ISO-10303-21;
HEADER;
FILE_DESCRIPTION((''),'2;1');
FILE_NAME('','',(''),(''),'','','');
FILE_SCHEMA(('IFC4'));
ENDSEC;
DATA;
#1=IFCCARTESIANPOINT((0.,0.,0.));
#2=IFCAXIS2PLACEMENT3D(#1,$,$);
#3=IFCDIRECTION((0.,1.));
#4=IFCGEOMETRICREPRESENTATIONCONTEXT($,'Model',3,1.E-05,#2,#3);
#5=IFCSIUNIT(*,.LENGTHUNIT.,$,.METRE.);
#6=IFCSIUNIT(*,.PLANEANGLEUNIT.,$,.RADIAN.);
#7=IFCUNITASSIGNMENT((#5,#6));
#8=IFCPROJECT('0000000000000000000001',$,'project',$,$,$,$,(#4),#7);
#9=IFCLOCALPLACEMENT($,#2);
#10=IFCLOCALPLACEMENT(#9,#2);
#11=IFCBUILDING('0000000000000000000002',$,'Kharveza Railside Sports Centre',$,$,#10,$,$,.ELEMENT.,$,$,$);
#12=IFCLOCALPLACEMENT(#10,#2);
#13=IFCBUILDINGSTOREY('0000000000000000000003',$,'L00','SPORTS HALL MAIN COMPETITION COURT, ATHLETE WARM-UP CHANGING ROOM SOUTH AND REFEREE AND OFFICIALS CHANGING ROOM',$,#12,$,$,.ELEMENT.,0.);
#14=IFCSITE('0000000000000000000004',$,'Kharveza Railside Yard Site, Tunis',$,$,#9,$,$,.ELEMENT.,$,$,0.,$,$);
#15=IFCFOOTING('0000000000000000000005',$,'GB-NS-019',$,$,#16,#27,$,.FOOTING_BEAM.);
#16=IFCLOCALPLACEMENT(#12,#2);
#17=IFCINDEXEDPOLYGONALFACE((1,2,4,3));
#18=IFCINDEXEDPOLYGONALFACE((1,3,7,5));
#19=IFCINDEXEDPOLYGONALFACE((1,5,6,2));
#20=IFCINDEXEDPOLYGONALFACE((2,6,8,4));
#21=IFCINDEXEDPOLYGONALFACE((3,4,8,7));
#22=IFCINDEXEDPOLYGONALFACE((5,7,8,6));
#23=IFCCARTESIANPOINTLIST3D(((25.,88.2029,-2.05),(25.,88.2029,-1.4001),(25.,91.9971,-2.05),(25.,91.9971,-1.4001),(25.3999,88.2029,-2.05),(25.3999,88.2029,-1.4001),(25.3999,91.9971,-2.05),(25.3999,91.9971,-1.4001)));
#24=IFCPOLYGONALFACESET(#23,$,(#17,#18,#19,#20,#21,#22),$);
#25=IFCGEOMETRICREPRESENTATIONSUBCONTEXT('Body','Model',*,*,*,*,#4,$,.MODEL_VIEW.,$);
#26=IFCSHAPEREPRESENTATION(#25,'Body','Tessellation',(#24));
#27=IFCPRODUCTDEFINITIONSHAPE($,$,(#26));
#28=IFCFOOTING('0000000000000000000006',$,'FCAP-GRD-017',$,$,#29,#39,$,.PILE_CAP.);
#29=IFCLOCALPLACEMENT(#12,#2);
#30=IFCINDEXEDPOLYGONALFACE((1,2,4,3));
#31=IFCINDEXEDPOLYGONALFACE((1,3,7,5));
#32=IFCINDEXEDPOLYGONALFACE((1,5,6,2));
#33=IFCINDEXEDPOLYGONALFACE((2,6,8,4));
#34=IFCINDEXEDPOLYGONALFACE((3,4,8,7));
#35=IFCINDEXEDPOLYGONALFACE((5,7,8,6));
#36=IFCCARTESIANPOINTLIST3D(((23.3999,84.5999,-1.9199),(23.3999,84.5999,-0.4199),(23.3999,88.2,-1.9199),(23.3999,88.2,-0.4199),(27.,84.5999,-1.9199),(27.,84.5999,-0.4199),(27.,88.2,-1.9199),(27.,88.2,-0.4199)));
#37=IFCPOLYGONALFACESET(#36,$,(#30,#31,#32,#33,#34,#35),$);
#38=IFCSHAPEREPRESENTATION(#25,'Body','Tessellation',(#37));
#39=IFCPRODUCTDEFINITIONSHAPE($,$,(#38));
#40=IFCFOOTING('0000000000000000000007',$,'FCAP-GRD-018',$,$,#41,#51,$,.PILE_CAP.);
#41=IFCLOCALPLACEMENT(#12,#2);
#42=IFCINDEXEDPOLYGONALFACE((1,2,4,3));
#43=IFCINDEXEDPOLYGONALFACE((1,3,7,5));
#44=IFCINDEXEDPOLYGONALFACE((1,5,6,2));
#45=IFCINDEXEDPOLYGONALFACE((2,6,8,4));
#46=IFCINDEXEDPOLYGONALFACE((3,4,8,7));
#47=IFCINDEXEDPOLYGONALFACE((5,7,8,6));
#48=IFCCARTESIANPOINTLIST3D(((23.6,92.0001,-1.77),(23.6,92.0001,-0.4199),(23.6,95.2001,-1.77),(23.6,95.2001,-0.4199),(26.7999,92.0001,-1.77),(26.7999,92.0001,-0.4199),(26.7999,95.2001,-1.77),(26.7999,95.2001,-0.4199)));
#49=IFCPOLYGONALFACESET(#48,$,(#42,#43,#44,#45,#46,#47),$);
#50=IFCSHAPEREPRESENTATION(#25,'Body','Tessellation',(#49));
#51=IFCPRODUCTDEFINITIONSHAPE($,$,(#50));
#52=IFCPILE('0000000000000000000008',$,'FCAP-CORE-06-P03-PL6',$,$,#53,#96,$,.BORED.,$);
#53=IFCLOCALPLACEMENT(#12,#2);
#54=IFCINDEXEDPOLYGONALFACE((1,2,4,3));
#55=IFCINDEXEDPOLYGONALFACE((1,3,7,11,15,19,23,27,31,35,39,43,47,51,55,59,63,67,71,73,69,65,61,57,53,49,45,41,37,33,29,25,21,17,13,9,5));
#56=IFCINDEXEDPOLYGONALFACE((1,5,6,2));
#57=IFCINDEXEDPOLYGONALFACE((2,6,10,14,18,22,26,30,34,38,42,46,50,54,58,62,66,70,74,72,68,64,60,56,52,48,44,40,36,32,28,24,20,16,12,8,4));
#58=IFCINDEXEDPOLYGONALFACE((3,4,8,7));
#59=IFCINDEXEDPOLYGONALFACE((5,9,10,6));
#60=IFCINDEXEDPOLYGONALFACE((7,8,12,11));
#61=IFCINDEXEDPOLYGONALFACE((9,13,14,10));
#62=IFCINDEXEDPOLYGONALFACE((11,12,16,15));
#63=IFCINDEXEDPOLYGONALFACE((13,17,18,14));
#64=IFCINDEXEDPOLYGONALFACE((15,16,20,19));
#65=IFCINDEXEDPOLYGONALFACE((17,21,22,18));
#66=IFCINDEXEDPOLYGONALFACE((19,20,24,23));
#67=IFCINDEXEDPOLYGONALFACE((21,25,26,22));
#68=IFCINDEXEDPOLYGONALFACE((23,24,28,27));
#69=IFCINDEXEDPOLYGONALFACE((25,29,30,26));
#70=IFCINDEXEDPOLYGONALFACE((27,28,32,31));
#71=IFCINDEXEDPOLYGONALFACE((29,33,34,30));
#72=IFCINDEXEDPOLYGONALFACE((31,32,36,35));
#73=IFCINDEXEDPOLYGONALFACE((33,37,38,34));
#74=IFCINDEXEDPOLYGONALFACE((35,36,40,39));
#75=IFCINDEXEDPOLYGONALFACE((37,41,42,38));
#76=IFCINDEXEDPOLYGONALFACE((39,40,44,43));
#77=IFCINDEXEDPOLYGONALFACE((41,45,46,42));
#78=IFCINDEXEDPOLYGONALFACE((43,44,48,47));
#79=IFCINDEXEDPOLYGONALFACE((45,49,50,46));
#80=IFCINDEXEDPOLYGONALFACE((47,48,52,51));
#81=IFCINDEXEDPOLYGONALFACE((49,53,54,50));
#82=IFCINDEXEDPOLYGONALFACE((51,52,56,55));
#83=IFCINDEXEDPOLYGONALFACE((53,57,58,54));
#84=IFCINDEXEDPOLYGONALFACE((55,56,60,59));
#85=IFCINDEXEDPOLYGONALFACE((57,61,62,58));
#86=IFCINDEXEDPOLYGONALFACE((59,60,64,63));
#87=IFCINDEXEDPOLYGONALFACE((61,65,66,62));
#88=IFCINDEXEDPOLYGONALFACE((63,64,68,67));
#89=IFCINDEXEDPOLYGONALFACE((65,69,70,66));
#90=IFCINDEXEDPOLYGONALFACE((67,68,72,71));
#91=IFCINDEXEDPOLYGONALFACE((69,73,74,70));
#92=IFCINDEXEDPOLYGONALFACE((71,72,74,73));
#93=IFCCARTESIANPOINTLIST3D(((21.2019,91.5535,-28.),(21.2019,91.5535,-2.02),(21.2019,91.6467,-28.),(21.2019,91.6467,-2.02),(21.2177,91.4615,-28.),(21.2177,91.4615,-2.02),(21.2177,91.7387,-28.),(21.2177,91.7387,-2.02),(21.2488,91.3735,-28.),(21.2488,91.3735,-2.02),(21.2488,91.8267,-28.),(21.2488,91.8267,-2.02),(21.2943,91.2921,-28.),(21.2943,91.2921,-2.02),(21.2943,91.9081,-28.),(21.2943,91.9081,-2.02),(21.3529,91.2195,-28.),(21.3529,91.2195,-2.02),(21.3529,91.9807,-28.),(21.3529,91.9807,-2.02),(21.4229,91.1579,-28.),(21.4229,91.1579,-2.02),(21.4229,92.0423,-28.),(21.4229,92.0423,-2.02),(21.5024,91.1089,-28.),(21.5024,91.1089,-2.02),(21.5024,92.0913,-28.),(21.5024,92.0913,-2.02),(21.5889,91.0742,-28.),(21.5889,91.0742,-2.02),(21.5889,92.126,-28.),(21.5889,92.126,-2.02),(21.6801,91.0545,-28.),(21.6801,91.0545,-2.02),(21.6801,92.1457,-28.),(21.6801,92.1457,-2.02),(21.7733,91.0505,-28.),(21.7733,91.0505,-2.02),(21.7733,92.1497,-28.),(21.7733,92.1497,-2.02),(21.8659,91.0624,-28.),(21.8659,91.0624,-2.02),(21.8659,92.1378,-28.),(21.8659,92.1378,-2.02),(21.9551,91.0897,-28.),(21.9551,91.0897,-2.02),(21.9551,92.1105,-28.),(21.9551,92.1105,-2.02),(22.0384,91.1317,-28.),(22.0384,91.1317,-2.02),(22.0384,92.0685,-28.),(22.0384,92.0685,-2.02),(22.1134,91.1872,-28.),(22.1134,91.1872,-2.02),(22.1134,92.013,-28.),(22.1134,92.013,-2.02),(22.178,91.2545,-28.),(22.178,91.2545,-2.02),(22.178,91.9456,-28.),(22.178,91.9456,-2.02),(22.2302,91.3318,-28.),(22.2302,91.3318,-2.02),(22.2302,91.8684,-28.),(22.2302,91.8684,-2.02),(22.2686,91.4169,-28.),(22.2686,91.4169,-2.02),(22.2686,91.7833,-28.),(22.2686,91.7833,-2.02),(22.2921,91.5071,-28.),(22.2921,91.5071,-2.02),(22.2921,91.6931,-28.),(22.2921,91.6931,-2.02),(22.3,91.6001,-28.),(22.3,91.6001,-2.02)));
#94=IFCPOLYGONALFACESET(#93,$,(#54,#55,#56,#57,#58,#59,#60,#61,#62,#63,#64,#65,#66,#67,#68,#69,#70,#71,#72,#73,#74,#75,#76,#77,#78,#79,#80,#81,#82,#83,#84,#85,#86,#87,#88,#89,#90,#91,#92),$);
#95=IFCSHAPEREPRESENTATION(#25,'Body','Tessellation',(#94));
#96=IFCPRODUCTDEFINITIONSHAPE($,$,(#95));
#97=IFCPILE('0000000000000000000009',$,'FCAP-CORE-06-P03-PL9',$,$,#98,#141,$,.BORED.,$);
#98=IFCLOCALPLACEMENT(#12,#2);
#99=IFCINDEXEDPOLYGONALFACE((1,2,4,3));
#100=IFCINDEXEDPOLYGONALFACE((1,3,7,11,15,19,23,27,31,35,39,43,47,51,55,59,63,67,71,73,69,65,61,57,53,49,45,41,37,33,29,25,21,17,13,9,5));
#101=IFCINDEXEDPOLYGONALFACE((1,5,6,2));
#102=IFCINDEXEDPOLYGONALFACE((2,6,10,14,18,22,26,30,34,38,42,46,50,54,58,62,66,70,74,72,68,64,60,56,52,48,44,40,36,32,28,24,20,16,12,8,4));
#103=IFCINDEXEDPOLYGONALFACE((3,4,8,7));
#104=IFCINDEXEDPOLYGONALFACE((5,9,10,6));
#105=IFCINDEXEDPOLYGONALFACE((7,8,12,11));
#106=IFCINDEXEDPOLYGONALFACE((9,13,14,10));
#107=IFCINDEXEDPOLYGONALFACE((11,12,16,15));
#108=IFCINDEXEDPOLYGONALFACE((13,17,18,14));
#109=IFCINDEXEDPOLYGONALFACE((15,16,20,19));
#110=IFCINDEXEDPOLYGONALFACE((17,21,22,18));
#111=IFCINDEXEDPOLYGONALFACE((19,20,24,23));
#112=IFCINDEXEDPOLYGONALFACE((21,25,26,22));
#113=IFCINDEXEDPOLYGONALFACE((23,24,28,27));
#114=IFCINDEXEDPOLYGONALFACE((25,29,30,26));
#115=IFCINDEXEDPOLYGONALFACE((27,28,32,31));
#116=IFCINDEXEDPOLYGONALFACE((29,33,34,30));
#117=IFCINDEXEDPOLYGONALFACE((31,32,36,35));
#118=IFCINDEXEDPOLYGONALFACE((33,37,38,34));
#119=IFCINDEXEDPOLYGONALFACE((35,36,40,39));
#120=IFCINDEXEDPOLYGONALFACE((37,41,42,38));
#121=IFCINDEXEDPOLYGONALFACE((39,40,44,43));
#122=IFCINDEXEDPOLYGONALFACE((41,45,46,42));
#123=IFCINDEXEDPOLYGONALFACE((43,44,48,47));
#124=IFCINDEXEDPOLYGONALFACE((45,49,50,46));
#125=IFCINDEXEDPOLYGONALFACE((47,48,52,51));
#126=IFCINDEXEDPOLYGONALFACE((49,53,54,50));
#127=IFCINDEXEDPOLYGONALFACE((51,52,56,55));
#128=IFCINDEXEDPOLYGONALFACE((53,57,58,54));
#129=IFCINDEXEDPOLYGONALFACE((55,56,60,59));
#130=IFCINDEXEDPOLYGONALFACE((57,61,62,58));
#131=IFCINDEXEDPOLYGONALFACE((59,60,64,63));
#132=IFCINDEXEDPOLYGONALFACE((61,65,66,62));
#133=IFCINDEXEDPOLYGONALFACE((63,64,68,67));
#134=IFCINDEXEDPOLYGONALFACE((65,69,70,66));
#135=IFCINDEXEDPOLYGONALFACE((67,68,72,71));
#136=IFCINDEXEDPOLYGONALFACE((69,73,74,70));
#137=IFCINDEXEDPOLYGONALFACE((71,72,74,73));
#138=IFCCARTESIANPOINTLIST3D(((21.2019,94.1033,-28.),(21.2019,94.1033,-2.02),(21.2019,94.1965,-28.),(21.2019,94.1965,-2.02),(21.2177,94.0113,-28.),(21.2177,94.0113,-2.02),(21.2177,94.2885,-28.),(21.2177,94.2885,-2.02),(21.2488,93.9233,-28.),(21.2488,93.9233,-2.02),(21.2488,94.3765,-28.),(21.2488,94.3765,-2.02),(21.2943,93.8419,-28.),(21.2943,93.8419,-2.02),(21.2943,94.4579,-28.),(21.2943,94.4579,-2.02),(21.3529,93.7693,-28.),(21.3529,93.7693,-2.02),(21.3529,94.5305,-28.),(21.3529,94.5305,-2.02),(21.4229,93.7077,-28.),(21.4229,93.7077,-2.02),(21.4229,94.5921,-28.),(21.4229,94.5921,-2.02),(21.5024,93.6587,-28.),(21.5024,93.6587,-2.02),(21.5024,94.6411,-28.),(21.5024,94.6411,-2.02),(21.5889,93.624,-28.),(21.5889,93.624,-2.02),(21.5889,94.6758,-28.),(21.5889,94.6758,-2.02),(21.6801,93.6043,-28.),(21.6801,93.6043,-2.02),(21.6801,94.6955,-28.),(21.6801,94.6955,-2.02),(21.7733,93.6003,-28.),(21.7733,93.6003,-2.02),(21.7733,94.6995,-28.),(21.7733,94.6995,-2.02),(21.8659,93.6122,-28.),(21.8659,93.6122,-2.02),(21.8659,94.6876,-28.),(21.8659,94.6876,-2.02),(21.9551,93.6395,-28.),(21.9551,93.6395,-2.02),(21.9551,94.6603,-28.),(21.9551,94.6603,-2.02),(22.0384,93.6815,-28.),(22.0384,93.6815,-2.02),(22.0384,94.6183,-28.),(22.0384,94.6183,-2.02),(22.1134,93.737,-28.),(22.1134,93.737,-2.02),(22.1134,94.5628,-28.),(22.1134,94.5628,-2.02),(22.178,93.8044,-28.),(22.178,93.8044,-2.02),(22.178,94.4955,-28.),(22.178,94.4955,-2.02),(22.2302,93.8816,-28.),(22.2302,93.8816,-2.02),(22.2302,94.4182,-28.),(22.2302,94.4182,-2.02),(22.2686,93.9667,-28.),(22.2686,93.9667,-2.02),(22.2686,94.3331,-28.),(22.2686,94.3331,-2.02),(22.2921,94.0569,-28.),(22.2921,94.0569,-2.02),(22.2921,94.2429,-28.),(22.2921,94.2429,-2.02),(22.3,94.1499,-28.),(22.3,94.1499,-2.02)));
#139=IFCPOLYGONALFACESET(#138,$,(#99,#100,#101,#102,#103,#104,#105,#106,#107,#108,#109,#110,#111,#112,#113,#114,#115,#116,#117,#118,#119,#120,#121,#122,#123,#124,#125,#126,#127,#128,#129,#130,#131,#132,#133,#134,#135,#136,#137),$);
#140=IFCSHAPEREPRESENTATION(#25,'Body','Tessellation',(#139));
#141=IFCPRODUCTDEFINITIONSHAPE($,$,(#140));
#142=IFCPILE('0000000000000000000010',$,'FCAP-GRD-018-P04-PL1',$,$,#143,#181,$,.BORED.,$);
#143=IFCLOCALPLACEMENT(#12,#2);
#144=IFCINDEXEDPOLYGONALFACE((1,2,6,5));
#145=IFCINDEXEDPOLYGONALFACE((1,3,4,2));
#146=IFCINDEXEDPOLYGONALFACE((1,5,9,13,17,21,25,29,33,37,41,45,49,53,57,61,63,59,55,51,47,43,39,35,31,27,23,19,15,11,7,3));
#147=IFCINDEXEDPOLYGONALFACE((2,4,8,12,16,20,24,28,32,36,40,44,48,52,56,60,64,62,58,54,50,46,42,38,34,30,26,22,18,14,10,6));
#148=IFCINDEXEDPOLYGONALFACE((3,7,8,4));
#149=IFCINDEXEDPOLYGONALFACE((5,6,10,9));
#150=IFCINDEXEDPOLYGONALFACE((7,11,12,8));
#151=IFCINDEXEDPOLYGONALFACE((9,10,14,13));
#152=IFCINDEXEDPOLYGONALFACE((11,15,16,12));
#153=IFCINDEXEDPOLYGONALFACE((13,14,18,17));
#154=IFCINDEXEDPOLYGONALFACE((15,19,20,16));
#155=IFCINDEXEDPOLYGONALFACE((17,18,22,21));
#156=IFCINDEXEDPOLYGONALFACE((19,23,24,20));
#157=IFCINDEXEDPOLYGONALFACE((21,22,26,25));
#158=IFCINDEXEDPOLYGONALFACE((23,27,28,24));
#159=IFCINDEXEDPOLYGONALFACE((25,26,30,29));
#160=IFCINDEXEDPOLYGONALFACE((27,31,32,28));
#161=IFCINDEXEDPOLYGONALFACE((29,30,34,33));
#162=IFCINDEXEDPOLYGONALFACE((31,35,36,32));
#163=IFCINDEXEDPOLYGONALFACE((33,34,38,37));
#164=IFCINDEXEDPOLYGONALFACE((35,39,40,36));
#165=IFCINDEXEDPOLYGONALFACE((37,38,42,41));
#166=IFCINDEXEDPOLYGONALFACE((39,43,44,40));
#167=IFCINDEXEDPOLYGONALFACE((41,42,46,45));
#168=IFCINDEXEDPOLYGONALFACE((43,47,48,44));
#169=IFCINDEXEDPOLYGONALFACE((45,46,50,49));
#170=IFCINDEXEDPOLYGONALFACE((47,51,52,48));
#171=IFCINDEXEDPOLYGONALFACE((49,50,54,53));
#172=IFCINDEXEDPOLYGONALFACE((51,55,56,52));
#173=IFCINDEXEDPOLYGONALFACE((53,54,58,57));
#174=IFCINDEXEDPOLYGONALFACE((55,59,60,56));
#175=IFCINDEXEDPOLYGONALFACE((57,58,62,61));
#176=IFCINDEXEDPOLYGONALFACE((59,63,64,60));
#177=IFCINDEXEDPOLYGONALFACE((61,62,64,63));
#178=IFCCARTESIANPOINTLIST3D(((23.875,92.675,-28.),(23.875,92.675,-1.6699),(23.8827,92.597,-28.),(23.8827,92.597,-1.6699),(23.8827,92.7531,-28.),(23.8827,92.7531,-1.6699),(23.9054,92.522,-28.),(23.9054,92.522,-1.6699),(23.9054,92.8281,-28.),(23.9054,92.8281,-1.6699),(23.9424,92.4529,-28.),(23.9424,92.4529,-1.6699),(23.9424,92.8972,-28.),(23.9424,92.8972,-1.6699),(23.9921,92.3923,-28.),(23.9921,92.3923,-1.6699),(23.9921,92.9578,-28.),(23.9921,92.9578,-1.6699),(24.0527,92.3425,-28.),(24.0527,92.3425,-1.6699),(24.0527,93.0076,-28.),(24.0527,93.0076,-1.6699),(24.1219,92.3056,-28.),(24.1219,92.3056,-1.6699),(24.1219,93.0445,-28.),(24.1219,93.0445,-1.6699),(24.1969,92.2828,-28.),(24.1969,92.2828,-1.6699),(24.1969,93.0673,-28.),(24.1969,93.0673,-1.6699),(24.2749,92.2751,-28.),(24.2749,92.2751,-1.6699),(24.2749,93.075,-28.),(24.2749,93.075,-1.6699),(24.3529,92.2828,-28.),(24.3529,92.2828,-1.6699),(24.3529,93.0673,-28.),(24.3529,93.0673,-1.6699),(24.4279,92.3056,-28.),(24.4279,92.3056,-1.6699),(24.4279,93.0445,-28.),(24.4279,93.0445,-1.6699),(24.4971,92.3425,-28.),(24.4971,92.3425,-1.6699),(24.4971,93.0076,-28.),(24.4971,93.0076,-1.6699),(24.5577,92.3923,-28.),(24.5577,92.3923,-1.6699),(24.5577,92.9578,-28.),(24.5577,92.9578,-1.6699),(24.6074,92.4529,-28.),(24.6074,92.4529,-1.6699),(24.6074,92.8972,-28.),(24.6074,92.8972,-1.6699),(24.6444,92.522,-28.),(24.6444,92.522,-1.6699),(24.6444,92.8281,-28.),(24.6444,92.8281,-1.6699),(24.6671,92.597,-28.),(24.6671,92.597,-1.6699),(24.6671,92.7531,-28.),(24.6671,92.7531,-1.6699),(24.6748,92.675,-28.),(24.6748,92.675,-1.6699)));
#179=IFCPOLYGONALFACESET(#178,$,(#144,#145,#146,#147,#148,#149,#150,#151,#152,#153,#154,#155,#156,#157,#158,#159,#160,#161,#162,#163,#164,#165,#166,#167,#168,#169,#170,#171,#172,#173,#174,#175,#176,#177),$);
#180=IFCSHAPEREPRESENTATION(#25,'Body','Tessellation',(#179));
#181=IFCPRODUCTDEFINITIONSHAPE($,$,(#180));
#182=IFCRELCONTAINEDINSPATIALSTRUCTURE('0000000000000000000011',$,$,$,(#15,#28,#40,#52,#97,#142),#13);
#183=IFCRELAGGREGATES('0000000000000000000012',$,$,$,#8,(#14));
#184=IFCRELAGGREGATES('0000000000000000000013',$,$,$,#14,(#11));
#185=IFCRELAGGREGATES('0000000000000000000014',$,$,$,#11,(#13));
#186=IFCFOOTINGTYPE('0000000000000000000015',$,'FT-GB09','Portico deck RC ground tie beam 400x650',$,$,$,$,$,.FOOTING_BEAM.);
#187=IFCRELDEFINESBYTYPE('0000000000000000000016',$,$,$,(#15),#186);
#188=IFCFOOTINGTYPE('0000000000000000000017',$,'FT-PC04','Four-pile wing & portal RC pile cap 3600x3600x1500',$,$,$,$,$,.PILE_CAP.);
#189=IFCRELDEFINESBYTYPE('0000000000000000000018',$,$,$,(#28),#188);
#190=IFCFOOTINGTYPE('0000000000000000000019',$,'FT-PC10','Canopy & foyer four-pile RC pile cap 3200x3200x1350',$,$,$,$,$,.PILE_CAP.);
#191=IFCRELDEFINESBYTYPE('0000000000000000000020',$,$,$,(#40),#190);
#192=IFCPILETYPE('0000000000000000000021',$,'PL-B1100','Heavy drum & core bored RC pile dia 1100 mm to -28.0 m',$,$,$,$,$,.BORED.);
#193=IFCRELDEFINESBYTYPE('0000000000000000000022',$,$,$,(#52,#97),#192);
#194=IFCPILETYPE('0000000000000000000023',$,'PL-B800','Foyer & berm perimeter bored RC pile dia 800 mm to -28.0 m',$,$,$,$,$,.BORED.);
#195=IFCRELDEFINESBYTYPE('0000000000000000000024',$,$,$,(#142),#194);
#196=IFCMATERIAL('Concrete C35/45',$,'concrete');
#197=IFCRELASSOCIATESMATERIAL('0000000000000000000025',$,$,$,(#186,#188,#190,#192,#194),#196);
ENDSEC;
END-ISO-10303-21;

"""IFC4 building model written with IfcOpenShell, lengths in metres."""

from ifc_helpers import new_model, si_unit, direction, frame, origin, origin_2d, place, context, subcontext, project, spatial, rectangle, circle, extrude, material, material_profile, profile_set, type_object, element, save


model = new_model("IFC4")

# Units and contexts
model_context = context("Model", 3, precision=1e-05, world=origin(), true_north=direction((0.0, 1.0)))
body_context = subcontext(model_context, "Body", "Model", "MODEL_VIEW")
ifc_project = project(units=[si_unit("LENGTHUNIT", "METRE"), si_unit("PLANEANGLEUNIT", "RADIAN")], contexts=[model_context])

# Site, building, storey
site_placement = place(None, origin())
site = spatial("IfcSite", under=ifc_project, at=site_placement, Name="Kharveza Railside Yard Site, Tunis", CompositionType="ELEMENT", RefElevation=0.0)
building_placement = place(site_placement, origin())
building = spatial("IfcBuilding", under=site, at=building_placement, Name="Kharveza Railside Sports Centre", CompositionType="ELEMENT")
storey_placement = place(building_placement, origin())
storey = spatial("IfcBuildingStorey", under=building, at=storey_placement, Name="L00", Description="SPORTS HALL MAIN COMPETITION COURT, ATHLETE WARM-UP CHANGING ROOM SOUTH AND REFEREE AND OFFICIALS CHANGING ROOM", CompositionType="ELEMENT", Elevation=0.0)

# Footings
ifc_material_1 = material(Name="Concrete C35/45", Category="concrete")
ifc_material_profile_1 = material_profile(ifc_material_1, rectangle(XDim=0.3999, YDim=0.6499, at=origin_2d()), Name="GB 400x650")
ifc_profile_set_1 = profile_set([ifc_material_profile_1], Name="Concrete C35/45")
footing_type_1 = type_object("IfcFootingType", Name="FT-GB09", Description="Portico deck RC ground tie beam 400x650", PredefinedType="FOOTING_BEAM", material=ifc_profile_set_1)
footing_1_placement = place(storey_placement, frame((25.2, 88.2029, -1.7251), z_axis=(0.0, 1.0, 0.0), x_axis=(-1.0, 0.0, 0.0)))
element("IfcFooting", 1, at=footing_1_placement, inside=storey, type_object=footing_type_1, Name="GB-NS-019", PredefinedType="FOOTING_BEAM", context=body_context, shape_type="SweptSolid", body=[
    extrude(rectangle(XDim=0.3999, YDim=0.6499, at=origin_2d()), origin(), (0.0, 0.0, 1.0), 3.7942),
])
footing_type_2 = type_object("IfcFootingType", Name="FT-PC04", Description="Four-pile wing & portal RC pile cap 3600x3600x1500", PredefinedType="PILE_CAP", material=ifc_material_1)
footing_2_placement = place(storey_placement, frame((25.2, 86.3999, -1.9199), z_axis=(0.0, 0.0, 1.0), x_axis=(1.0, 0.0, 0.0)))
element("IfcFooting", 2, at=footing_2_placement, inside=storey, type_object=footing_type_2, Name="FCAP-GRD-017", PredefinedType="PILE_CAP", context=body_context, shape_type="SweptSolid", body=[
    extrude(rectangle(XDim=3.6001, YDim=3.6001, at=origin_2d()), origin(), (0.0, 0.0, 1.0), 1.5),
])
footing_type_3 = type_object("IfcFootingType", Name="FT-PC10", Description="Canopy & foyer four-pile RC pile cap 3200x3200x1350", PredefinedType="PILE_CAP", material=ifc_material_1)
footing_3_placement = place(storey_placement, frame((25.2, 93.6001, -1.77), z_axis=(0.0, 0.0, 1.0), x_axis=(1.0, 0.0, 0.0)))
element("IfcFooting", 3, at=footing_3_placement, inside=storey, type_object=footing_type_3, Name="FCAP-GRD-018", PredefinedType="PILE_CAP", context=body_context, shape_type="SweptSolid", body=[
    extrude(rectangle(XDim=3.2, YDim=3.2, at=origin_2d()), origin(), (0.0, 0.0, 1.0), 1.3501),
])

# Piles
ifc_material_profile_2 = material_profile(ifc_material_1, circle(Radius=0.55, at=origin_2d()), Name="PILE D1100")
ifc_profile_set_2 = profile_set([ifc_material_profile_2], Name="Concrete C35/45")
pile_type_1 = type_object("IfcPileType", Name="PL-B1100", Description="Heavy drum & core bored RC pile dia 1100 mm to -28.0 m", PredefinedType="BORED", material=ifc_profile_set_2)
for number, where, z_axis, x_axis, name in (
    (4, (21.75, 91.6001, -2.02), (0.0, 0.0, -1.0), (1.0, 0.0, 0.0), "FCAP-CORE-06-P03-PL6"),
    (5, (21.75, 94.1499, -2.02), (0.0, 0.0, -1.0), (1.0, 0.0, 0.0), "FCAP-CORE-06-P03-PL9"),
):
    element("IfcPile", number, at=place(storey_placement, frame(where, z_axis=z_axis, x_axis=x_axis)), inside=storey, type_object=pile_type_1, Name=name, PredefinedType="BORED", context=body_context, shape_type="SweptSolid", body=[
        extrude(circle(Radius=0.55, at=origin_2d()), origin(), (0.0, 0.0, 1.0), 25.98),
    ])
ifc_material_profile_3 = material_profile(ifc_material_1, circle(Radius=0.3999, at=origin_2d()), Name="PILE D800")
ifc_profile_set_3 = profile_set([ifc_material_profile_3], Name="Concrete C35/45")
pile_type_2 = type_object("IfcPileType", Name="PL-B800", Description="Foyer & berm perimeter bored RC pile dia 800 mm to -28.0 m", PredefinedType="BORED", material=ifc_profile_set_3)
for number, where, z_axis, x_axis, name in (
    (6, (24.2749, 92.675, -1.6699), (0.0, 0.0, -1.0), (1.0, 0.0, 0.0), "FCAP-GRD-018-P04-PL1"),
):
    element("IfcPile", number, at=place(storey_placement, frame(where, z_axis=z_axis, x_axis=x_axis)), inside=storey, type_object=pile_type_2, Name=name, PredefinedType="BORED", context=body_context, shape_type="SweptSolid", body=[
        extrude(circle(Radius=0.3999, at=origin_2d()), origin(), (0.0, 0.0, 1.0), 26.3301),
    ])

save(model, "model.ifc")
